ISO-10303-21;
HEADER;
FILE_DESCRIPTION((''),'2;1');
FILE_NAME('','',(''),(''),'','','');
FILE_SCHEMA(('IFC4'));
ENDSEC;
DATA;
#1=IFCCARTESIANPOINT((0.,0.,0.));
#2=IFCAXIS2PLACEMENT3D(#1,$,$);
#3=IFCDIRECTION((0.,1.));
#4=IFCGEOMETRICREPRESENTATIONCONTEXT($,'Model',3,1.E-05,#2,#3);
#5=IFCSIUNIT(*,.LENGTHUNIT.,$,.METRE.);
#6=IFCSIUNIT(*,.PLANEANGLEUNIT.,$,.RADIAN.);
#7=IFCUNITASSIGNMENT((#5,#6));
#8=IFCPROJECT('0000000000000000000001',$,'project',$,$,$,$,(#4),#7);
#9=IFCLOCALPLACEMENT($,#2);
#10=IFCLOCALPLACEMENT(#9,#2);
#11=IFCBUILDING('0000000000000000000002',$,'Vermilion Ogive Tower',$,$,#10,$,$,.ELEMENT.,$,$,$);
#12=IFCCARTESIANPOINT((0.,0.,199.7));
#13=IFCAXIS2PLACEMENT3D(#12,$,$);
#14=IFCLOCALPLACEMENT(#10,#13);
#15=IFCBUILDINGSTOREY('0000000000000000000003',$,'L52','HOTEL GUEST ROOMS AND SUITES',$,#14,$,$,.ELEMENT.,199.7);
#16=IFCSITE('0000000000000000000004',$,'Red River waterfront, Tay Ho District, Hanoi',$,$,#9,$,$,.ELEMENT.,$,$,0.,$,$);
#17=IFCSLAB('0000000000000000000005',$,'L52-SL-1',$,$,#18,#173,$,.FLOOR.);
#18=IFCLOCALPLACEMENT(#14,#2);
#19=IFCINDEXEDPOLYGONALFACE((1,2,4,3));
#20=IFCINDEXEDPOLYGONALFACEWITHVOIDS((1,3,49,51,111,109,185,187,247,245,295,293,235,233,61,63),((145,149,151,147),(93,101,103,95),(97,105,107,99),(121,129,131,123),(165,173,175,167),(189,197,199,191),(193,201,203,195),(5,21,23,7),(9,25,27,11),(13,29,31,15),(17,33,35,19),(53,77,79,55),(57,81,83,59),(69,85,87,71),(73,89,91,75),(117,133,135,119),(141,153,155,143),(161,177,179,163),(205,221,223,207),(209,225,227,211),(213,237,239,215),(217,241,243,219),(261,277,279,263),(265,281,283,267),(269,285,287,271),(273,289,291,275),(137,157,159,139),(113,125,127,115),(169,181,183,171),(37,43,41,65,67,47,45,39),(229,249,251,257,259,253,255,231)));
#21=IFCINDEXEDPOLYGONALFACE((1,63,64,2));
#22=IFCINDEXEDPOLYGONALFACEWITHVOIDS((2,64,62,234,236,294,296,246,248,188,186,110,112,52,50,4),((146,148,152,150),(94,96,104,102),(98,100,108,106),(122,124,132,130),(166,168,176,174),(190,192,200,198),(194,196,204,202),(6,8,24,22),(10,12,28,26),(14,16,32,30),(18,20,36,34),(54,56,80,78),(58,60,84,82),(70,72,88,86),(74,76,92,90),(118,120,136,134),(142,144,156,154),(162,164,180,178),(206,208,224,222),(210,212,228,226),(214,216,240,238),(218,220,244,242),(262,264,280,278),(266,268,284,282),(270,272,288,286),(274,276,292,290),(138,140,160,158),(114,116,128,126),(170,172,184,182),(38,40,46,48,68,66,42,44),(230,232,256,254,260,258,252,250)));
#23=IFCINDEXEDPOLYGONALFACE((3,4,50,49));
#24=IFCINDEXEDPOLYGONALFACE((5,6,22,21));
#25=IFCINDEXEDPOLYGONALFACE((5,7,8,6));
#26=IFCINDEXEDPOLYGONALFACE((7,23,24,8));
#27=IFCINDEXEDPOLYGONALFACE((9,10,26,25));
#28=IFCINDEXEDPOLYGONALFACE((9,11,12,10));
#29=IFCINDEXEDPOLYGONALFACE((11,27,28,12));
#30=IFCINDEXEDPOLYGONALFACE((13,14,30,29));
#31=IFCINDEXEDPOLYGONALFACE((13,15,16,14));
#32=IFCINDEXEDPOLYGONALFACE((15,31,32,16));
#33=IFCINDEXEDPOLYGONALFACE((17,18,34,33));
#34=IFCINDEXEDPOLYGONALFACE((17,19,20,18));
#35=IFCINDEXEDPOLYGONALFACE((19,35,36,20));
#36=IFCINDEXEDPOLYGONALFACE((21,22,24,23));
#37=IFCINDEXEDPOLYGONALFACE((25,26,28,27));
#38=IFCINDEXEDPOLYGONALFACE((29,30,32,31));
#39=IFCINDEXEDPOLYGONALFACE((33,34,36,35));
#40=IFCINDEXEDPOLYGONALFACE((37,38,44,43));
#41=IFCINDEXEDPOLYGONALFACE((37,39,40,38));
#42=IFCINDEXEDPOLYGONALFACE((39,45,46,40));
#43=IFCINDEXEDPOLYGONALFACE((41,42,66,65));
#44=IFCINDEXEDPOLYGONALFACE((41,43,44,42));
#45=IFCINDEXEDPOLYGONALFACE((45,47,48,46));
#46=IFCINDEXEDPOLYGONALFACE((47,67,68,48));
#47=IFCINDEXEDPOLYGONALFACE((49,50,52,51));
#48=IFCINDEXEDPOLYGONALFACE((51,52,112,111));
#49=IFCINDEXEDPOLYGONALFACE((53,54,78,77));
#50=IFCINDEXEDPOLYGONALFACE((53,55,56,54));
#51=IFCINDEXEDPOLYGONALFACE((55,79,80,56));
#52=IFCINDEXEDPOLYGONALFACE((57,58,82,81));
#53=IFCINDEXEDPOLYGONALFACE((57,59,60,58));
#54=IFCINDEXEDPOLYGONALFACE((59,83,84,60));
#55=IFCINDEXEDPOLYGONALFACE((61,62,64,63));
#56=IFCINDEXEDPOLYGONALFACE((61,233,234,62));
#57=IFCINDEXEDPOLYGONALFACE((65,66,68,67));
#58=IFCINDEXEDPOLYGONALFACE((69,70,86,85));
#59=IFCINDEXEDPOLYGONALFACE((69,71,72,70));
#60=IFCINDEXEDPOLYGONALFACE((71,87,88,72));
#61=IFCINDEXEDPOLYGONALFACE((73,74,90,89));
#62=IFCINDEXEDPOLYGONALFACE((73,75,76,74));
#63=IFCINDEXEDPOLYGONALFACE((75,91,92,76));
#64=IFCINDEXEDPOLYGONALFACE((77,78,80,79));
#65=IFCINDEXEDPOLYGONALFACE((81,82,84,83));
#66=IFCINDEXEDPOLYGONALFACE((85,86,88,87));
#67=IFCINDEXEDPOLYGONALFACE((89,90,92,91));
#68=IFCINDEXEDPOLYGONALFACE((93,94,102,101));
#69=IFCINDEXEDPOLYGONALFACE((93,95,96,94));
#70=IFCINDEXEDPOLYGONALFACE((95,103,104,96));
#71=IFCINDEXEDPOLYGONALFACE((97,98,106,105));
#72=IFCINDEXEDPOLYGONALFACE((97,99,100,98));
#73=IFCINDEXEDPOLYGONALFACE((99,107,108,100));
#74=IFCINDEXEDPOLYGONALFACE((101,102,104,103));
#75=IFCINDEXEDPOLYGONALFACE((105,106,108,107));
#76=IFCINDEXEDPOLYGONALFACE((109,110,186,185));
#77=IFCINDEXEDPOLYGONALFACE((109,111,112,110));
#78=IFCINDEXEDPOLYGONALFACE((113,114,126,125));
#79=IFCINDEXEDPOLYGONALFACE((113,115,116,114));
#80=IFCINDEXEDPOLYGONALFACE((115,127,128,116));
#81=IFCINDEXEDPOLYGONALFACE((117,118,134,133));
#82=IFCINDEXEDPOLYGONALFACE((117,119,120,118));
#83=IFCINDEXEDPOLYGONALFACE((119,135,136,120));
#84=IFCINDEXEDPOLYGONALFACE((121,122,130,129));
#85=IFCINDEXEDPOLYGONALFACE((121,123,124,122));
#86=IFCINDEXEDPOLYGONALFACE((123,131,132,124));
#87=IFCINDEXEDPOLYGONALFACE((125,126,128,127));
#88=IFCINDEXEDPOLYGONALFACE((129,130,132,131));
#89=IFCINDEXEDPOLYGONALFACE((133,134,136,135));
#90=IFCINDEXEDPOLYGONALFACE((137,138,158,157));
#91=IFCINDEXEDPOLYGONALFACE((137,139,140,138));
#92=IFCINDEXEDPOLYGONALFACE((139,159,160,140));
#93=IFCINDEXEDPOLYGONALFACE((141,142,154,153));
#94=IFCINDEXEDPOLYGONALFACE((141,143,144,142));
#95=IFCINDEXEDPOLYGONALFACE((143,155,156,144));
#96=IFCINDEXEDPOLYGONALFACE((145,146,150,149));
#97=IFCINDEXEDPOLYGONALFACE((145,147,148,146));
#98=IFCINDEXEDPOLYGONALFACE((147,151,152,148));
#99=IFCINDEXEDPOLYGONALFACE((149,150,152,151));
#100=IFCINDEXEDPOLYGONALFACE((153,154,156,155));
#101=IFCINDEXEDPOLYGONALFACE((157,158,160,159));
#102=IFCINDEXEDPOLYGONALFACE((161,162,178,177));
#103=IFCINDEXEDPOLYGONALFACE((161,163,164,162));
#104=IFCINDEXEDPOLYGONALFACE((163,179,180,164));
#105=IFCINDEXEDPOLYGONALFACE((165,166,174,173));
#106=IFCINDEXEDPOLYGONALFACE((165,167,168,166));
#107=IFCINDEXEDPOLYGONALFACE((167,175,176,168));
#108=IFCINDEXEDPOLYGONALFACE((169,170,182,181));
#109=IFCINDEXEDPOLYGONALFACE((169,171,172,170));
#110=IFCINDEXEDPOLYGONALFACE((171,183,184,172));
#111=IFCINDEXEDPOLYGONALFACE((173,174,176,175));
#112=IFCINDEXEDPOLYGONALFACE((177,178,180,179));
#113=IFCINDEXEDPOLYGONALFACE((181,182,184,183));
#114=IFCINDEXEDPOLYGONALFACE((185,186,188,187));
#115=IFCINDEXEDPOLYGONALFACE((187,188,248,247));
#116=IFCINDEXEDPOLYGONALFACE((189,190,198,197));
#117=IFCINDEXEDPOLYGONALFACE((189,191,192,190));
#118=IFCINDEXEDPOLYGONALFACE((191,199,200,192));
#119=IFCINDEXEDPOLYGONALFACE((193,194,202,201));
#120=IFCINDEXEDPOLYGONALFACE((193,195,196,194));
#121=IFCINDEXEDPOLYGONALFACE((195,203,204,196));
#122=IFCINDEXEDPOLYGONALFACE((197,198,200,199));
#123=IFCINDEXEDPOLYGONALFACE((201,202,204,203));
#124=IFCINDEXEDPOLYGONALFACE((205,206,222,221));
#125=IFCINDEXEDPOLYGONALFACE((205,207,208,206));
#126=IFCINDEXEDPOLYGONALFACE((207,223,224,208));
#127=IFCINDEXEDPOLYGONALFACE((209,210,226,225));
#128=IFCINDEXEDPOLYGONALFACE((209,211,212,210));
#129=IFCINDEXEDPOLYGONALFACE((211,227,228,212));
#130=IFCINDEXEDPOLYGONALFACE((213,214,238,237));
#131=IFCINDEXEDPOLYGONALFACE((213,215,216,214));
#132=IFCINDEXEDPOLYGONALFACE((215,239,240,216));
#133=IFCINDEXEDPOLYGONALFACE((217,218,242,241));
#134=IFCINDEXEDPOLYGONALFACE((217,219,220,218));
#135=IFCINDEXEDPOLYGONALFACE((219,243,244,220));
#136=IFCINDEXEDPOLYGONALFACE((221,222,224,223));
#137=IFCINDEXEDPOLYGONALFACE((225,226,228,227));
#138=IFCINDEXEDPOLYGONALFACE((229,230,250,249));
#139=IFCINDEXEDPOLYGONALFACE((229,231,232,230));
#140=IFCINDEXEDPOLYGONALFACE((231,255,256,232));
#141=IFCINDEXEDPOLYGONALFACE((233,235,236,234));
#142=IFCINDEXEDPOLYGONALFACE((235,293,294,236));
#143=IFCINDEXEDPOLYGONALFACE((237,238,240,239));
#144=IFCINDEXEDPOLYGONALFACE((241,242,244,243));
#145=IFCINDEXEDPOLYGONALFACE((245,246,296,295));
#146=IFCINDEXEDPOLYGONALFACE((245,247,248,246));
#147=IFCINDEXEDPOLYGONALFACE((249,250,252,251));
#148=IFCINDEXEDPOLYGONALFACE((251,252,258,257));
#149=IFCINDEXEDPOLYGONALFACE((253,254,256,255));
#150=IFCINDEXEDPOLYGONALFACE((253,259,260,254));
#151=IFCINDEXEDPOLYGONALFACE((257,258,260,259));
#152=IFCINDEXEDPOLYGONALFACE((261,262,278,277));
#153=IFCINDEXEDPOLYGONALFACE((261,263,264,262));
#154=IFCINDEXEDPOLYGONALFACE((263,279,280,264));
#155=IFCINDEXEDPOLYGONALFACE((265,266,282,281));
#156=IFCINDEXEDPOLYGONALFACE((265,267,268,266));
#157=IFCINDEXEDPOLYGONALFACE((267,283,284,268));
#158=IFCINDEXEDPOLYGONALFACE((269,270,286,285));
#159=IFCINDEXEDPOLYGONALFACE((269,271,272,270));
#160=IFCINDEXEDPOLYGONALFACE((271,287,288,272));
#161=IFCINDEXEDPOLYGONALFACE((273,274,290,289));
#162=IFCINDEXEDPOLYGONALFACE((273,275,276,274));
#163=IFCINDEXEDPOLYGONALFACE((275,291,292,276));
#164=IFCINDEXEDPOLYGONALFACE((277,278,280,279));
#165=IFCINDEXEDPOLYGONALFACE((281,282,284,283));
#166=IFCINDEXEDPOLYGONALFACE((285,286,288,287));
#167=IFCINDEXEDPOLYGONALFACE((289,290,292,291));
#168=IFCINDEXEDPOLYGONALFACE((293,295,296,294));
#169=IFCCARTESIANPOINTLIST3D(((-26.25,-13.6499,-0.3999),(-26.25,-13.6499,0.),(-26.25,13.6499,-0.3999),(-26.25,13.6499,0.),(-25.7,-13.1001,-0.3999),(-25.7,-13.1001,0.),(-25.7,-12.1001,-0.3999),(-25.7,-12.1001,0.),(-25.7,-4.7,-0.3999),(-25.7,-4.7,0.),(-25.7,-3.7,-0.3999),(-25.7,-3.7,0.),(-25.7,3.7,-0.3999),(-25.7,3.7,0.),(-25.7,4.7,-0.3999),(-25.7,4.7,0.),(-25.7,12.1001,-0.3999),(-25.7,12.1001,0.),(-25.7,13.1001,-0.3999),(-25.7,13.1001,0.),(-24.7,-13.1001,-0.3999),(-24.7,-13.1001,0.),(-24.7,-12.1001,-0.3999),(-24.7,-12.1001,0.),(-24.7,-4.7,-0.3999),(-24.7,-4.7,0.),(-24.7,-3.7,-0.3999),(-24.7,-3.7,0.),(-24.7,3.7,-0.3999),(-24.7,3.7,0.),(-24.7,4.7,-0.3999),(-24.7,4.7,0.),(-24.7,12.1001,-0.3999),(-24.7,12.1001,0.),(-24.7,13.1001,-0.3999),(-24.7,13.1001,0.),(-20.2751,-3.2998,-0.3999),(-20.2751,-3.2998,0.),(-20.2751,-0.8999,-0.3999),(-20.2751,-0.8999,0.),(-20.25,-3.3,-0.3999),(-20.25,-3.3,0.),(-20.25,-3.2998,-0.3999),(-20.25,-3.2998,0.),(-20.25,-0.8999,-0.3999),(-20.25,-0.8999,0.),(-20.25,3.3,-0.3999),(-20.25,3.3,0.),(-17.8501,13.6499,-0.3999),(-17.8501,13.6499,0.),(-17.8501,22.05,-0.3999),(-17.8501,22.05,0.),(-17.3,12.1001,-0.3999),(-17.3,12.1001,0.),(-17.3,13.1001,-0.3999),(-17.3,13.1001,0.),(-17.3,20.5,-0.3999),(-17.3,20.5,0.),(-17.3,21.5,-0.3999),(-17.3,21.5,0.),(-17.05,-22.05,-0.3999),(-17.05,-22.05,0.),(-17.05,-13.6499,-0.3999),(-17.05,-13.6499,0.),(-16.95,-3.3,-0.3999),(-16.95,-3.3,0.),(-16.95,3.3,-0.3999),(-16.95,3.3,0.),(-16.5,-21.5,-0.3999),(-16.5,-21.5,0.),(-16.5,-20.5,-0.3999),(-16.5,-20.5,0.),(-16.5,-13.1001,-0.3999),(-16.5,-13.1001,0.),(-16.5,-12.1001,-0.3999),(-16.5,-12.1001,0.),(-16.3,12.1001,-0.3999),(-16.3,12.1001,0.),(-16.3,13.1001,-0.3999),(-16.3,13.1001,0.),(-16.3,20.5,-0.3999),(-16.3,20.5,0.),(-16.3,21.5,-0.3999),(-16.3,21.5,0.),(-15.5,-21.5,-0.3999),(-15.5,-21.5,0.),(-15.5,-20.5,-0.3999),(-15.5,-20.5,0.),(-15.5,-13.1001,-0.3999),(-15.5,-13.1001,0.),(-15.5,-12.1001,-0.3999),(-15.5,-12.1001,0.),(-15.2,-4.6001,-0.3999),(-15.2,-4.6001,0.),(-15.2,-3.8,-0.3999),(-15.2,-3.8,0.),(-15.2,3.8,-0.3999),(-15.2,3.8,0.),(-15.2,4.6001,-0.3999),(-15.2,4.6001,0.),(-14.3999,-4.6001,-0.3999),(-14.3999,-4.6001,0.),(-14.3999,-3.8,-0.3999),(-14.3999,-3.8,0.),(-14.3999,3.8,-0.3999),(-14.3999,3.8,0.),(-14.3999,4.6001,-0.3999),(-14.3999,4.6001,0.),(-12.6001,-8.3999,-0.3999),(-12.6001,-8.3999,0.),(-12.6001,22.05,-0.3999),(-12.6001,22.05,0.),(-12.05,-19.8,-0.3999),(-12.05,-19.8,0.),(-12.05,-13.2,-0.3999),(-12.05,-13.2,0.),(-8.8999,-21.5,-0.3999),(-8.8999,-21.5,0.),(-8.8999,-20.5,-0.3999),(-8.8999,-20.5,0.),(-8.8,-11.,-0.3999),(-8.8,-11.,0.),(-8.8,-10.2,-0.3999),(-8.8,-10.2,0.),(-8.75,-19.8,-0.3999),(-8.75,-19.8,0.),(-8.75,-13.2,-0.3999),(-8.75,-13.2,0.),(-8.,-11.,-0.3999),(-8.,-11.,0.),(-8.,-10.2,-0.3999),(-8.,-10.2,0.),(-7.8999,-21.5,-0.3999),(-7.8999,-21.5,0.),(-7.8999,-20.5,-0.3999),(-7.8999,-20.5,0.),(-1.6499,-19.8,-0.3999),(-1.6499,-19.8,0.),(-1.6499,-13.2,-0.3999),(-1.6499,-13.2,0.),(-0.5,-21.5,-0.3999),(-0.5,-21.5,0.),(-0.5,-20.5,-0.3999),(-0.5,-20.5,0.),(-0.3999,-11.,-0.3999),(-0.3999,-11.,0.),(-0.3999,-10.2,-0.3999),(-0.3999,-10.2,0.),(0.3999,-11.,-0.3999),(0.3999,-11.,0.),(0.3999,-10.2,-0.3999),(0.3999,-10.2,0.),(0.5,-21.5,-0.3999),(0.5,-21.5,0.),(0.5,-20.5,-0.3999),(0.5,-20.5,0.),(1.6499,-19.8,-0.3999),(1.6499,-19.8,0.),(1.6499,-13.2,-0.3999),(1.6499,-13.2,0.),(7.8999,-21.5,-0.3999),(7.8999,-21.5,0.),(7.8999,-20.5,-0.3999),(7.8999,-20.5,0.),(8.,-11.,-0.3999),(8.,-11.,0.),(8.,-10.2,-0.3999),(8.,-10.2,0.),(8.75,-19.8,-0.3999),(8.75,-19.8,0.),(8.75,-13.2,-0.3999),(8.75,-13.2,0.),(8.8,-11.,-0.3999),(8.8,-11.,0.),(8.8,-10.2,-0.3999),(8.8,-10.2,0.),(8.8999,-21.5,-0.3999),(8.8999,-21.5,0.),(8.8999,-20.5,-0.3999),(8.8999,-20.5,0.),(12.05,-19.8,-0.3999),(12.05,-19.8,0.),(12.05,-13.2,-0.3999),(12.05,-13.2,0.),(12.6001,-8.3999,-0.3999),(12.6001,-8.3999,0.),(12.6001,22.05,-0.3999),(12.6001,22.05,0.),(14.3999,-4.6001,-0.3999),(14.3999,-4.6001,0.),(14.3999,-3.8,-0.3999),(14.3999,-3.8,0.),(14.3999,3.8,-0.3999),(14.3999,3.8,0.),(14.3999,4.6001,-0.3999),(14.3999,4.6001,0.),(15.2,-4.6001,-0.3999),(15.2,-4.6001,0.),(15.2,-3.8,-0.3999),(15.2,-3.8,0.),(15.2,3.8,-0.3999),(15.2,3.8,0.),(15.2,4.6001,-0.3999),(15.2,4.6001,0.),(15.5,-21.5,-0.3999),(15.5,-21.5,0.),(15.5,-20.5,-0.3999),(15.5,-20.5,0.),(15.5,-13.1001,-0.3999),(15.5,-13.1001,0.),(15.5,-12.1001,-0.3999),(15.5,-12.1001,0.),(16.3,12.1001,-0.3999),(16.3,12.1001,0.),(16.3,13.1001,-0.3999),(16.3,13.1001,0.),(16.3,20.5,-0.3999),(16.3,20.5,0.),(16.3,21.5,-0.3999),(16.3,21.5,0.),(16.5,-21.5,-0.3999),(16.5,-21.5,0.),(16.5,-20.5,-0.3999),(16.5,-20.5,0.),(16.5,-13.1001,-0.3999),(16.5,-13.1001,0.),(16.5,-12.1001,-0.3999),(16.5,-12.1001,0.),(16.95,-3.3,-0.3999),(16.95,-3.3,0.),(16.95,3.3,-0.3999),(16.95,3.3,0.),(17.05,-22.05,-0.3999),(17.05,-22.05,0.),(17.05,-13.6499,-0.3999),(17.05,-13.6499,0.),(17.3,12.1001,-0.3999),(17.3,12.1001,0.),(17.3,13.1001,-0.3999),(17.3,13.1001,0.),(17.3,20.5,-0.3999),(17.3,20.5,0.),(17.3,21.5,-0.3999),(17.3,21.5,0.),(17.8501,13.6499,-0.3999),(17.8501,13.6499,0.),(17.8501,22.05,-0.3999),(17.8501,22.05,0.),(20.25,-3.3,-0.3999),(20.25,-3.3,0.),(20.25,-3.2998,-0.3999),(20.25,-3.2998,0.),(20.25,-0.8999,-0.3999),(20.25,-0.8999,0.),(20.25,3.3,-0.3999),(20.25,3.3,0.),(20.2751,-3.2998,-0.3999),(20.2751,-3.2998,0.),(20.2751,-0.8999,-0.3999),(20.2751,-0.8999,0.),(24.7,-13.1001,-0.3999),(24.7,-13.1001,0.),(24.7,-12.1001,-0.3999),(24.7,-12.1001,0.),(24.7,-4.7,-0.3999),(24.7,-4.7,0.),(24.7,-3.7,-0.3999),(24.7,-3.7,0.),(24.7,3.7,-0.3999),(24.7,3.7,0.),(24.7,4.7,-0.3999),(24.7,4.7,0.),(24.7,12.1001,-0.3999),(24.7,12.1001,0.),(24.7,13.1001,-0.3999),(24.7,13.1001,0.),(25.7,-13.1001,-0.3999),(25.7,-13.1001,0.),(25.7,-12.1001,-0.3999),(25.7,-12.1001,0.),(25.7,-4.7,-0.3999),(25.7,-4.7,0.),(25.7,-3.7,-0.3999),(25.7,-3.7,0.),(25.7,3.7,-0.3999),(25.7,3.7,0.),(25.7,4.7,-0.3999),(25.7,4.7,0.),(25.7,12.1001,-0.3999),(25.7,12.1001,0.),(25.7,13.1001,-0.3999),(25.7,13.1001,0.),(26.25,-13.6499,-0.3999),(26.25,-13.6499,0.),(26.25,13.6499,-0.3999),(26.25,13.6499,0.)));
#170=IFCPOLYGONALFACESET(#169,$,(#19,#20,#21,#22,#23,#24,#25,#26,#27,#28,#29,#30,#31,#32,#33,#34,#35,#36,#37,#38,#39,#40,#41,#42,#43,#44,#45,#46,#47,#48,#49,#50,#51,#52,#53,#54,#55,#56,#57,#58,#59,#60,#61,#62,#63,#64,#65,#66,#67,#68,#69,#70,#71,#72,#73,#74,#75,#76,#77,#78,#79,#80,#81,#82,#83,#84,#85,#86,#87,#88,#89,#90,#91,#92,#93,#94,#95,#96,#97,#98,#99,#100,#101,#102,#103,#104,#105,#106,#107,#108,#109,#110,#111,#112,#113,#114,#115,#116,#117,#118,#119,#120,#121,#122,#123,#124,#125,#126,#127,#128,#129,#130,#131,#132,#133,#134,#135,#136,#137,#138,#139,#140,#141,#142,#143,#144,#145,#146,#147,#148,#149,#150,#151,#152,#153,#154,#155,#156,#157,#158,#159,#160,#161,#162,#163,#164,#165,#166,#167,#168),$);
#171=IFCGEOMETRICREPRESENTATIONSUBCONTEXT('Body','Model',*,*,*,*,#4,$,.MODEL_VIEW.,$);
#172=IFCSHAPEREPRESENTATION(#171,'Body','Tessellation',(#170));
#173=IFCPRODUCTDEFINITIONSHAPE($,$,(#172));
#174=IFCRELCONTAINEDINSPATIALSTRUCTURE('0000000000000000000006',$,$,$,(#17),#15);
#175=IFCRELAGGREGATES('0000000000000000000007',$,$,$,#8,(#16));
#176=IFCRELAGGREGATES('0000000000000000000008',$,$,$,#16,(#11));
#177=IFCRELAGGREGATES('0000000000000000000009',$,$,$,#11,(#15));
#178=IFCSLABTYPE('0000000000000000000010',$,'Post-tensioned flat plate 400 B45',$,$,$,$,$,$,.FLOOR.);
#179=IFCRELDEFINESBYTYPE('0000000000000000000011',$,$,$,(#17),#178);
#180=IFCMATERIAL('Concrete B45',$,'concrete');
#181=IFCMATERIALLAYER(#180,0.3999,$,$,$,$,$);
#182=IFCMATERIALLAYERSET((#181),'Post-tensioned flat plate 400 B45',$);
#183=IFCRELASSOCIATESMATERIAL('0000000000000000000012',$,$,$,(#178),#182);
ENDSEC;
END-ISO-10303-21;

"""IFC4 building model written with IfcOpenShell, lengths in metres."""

from ifc_helpers import new_model, si_unit, direction, frame, origin, place, context, subcontext, project, spatial, polyline, outline, extrude, material, layer, layer_set, type_object, element, save


model = new_model("IFC4")

# Units and contexts
model_context = context("Model", 3, precision=1e-05, world=origin(), true_north=direction((0.0, 1.0)))
body_context = subcontext(model_context, "Body", "Model", "MODEL_VIEW")
ifc_project = project(units=[si_unit("LENGTHUNIT", "METRE"), si_unit("PLANEANGLEUNIT", "RADIAN")], contexts=[model_context])

# Site, building, storey
site_placement = place(None, origin())
site = spatial("IfcSite", under=ifc_project, at=site_placement, Name="Red River waterfront, Tay Ho District, Hanoi", CompositionType="ELEMENT", RefElevation=0.0)
building_placement = place(site_placement, origin())
building = spatial("IfcBuilding", under=site, at=building_placement, Name="Vermilion Ogive Tower", CompositionType="ELEMENT")
storey_placement = place(building_placement, frame((0.0, 0.0, 199.7)))
storey = spatial("IfcBuildingStorey", under=building, at=storey_placement, Name="L52", Description="HOTEL GUEST ROOMS AND SUITES", CompositionType="ELEMENT", Elevation=199.7)

# Slab
ifc_material_1 = material(Name="Concrete B45", Category="concrete")
ifc_layer_1 = layer(ifc_material_1, 0.3999)
ifc_layer_set_1 = layer_set([ifc_layer_1], Name="Post-tensioned flat plate 400 B45")
slab_type_1 = type_object("IfcSlabType", Name="Post-tensioned flat plate 400 B45", PredefinedType="FLOOR", material=ifc_layer_set_1)
slab_1_placement = place(storey_placement, frame((0.0, 0.0, -0.3999)))
element("IfcSlab", 1, at=slab_1_placement, inside=storey, type_object=slab_type_1, Name="L52-SL-1", PredefinedType="FLOOR", context=body_context, shape_type="SweptSolid", body=[
    extrude(outline(polyline([(-26.25, 13.6499), (-26.25, -13.6499), (-17.05, -13.6499), (-17.05, -22.05), (17.05, -22.05), (17.05, -13.6499), (26.25, -13.6499), (26.25, 13.6499), (17.8501, 13.6499), (17.8501, 22.05), (12.6001, 22.05), (12.6001, -8.3999), (-12.6001, -8.3999), (-12.6001, 22.05), (-17.8501, 22.05), (-17.8501, 13.6499), (-26.25, 13.6499)]), holes=[polyline([(24.7, -3.7), (25.7, -3.7), (25.7, -4.7), (24.7, -4.7), (24.7, -3.7)]), polyline([(24.7, -12.1001), (25.7, -12.1001), (25.7, -13.1001), (24.7, -13.1001), (24.7, -12.1001)]), polyline([(25.7, 13.1001), (25.7, 12.1001), (24.7, 12.1001), (24.7, 13.1001), (25.7, 13.1001)]), polyline([(25.7, 4.7), (25.7, 3.7), (24.7, 3.7), (24.7, 4.7), (25.7, 4.7)]), polyline([(20.2751, -3.2998), (20.25, -3.2998), (20.25, -3.3), (16.95, -3.3), (16.95, 3.3), (20.25, 3.3), (20.25, -0.8999), (20.2751, -0.8999), (20.2751, -3.2998)]), polyline([(16.3, 13.1001), (17.3, 13.1001), (17.3, 12.1001), (16.3, 12.1001), (16.3, 13.1001)]), polyline([(17.3, 21.5), (17.3, 20.5), (16.3, 20.5), (16.3, 21.5), (17.3, 21.5)]), polyline([(15.5, -12.1001), (16.5, -12.1001), (16.5, -13.1001), (15.5, -13.1001), (15.5, -12.1001)]), polyline([(15.5, -20.5), (16.5, -20.5), (16.5, -21.5), (15.5, -21.5), (15.5, -20.5)]), polyline([(14.3999, 4.6001), (15.2, 4.6001), (15.2, 3.8), (14.3999, 3.8), (14.3999, 4.6001)]), polyline([(15.2, -3.8), (15.2, -4.6001), (14.3999, -4.6001), (14.3999, -3.8), (15.2, -3.8)]), polyline([(8.75, -13.2), (12.05, -13.2), (12.05, -19.8), (8.75, -19.8), (8.75, -13.2)]), polyline([(7.8999, -20.5), (8.8999, -20.5), (8.8999, -21.5), (7.8999, -21.5), (7.8999, -20.5)]), polyline([(8.8, -10.2), (8.8, -11.0), (8.0, -11.0), (8.0, -10.2), (8.8, -10.2)]), polyline([(-1.6499, -13.2), (1.6499, -13.2), (1.6499, -19.8), (-1.6499, -19.8), (-1.6499, -13.2)]), polyline([(-0.5, -20.5), (0.5, -20.5), (0.5, -21.5), (-0.5, -21.5), (-0.5, -20.5)]), polyline([(-0.3999, -10.2), (0.3999, -10.2), (0.3999, -11.0), (-0.3999, -11.0), (-0.3999, -10.2)]), polyline([(-8.8999, -20.5), (-7.8999, -20.5), (-7.8999, -21.5), (-8.8999, -21.5), (-8.8999, -20.5)]), polyline([(-8.8, -10.2), (-8.0, -10.2), (-8.0, -11.0), (-8.8, -11.0), (-8.8, -10.2)]), polyline([(-12.05, -13.2), (-8.75, -13.2), (-8.75, -19.8), (-12.05, -19.8), (-12.05, -13.2)]), polyline([(-15.2, 4.6001), (-14.3999, 4.6001), (-14.3999, 3.8), (-15.2, 3.8), (-15.2, 4.6001)]), polyline([(-14.3999, -3.8), (-14.3999, -4.6001), (-15.2, -4.6001), (-15.2, -3.8), (-14.3999, -3.8)]), polyline([(-16.5, -12.1001), (-15.5, -12.1001), (-15.5, -13.1001), (-16.5, -13.1001), (-16.5, -12.1001)]), polyline([(-16.5, -20.5), (-15.5, -20.5), (-15.5, -21.5), (-16.5, -21.5), (-16.5, -20.5)]), polyline([(-17.3, 13.1001), (-16.3, 13.1001), (-16.3, 12.1001), (-17.3, 12.1001), (-17.3, 13.1001)]), polyline([(-16.3, 21.5), (-16.3, 20.5), (-17.3, 20.5), (-17.3, 21.5), (-16.3, 21.5)]), polyline([(-20.25, -3.3), (-20.25, -3.2998), (-20.2751, -3.2998), (-20.2751, -0.8999), (-20.25, -0.8999), (-20.25, 3.3), (-16.95, 3.3), (-16.95, -3.3), (-20.25, -3.3)]), polyline([(-24.7, 4.7), (-24.7, 3.7), (-25.7, 3.7), (-25.7, 4.7), (-24.7, 4.7)]), polyline([(-25.7, 13.1001), (-24.7, 13.1001), (-24.7, 12.1001), (-25.7, 12.1001), (-25.7, 13.1001)]), polyline([(-25.7, -3.7), (-24.7, -3.7), (-24.7, -4.7), (-25.7, -4.7), (-25.7, -3.7)]), polyline([(-25.7, -12.1001), (-24.7, -12.1001), (-24.7, -13.1001), (-25.7, -13.1001), (-25.7, -12.1001)])]), origin(), (0.0, 0.0, 1.0), 0.3999),
])

save(model, "model.ifc")
